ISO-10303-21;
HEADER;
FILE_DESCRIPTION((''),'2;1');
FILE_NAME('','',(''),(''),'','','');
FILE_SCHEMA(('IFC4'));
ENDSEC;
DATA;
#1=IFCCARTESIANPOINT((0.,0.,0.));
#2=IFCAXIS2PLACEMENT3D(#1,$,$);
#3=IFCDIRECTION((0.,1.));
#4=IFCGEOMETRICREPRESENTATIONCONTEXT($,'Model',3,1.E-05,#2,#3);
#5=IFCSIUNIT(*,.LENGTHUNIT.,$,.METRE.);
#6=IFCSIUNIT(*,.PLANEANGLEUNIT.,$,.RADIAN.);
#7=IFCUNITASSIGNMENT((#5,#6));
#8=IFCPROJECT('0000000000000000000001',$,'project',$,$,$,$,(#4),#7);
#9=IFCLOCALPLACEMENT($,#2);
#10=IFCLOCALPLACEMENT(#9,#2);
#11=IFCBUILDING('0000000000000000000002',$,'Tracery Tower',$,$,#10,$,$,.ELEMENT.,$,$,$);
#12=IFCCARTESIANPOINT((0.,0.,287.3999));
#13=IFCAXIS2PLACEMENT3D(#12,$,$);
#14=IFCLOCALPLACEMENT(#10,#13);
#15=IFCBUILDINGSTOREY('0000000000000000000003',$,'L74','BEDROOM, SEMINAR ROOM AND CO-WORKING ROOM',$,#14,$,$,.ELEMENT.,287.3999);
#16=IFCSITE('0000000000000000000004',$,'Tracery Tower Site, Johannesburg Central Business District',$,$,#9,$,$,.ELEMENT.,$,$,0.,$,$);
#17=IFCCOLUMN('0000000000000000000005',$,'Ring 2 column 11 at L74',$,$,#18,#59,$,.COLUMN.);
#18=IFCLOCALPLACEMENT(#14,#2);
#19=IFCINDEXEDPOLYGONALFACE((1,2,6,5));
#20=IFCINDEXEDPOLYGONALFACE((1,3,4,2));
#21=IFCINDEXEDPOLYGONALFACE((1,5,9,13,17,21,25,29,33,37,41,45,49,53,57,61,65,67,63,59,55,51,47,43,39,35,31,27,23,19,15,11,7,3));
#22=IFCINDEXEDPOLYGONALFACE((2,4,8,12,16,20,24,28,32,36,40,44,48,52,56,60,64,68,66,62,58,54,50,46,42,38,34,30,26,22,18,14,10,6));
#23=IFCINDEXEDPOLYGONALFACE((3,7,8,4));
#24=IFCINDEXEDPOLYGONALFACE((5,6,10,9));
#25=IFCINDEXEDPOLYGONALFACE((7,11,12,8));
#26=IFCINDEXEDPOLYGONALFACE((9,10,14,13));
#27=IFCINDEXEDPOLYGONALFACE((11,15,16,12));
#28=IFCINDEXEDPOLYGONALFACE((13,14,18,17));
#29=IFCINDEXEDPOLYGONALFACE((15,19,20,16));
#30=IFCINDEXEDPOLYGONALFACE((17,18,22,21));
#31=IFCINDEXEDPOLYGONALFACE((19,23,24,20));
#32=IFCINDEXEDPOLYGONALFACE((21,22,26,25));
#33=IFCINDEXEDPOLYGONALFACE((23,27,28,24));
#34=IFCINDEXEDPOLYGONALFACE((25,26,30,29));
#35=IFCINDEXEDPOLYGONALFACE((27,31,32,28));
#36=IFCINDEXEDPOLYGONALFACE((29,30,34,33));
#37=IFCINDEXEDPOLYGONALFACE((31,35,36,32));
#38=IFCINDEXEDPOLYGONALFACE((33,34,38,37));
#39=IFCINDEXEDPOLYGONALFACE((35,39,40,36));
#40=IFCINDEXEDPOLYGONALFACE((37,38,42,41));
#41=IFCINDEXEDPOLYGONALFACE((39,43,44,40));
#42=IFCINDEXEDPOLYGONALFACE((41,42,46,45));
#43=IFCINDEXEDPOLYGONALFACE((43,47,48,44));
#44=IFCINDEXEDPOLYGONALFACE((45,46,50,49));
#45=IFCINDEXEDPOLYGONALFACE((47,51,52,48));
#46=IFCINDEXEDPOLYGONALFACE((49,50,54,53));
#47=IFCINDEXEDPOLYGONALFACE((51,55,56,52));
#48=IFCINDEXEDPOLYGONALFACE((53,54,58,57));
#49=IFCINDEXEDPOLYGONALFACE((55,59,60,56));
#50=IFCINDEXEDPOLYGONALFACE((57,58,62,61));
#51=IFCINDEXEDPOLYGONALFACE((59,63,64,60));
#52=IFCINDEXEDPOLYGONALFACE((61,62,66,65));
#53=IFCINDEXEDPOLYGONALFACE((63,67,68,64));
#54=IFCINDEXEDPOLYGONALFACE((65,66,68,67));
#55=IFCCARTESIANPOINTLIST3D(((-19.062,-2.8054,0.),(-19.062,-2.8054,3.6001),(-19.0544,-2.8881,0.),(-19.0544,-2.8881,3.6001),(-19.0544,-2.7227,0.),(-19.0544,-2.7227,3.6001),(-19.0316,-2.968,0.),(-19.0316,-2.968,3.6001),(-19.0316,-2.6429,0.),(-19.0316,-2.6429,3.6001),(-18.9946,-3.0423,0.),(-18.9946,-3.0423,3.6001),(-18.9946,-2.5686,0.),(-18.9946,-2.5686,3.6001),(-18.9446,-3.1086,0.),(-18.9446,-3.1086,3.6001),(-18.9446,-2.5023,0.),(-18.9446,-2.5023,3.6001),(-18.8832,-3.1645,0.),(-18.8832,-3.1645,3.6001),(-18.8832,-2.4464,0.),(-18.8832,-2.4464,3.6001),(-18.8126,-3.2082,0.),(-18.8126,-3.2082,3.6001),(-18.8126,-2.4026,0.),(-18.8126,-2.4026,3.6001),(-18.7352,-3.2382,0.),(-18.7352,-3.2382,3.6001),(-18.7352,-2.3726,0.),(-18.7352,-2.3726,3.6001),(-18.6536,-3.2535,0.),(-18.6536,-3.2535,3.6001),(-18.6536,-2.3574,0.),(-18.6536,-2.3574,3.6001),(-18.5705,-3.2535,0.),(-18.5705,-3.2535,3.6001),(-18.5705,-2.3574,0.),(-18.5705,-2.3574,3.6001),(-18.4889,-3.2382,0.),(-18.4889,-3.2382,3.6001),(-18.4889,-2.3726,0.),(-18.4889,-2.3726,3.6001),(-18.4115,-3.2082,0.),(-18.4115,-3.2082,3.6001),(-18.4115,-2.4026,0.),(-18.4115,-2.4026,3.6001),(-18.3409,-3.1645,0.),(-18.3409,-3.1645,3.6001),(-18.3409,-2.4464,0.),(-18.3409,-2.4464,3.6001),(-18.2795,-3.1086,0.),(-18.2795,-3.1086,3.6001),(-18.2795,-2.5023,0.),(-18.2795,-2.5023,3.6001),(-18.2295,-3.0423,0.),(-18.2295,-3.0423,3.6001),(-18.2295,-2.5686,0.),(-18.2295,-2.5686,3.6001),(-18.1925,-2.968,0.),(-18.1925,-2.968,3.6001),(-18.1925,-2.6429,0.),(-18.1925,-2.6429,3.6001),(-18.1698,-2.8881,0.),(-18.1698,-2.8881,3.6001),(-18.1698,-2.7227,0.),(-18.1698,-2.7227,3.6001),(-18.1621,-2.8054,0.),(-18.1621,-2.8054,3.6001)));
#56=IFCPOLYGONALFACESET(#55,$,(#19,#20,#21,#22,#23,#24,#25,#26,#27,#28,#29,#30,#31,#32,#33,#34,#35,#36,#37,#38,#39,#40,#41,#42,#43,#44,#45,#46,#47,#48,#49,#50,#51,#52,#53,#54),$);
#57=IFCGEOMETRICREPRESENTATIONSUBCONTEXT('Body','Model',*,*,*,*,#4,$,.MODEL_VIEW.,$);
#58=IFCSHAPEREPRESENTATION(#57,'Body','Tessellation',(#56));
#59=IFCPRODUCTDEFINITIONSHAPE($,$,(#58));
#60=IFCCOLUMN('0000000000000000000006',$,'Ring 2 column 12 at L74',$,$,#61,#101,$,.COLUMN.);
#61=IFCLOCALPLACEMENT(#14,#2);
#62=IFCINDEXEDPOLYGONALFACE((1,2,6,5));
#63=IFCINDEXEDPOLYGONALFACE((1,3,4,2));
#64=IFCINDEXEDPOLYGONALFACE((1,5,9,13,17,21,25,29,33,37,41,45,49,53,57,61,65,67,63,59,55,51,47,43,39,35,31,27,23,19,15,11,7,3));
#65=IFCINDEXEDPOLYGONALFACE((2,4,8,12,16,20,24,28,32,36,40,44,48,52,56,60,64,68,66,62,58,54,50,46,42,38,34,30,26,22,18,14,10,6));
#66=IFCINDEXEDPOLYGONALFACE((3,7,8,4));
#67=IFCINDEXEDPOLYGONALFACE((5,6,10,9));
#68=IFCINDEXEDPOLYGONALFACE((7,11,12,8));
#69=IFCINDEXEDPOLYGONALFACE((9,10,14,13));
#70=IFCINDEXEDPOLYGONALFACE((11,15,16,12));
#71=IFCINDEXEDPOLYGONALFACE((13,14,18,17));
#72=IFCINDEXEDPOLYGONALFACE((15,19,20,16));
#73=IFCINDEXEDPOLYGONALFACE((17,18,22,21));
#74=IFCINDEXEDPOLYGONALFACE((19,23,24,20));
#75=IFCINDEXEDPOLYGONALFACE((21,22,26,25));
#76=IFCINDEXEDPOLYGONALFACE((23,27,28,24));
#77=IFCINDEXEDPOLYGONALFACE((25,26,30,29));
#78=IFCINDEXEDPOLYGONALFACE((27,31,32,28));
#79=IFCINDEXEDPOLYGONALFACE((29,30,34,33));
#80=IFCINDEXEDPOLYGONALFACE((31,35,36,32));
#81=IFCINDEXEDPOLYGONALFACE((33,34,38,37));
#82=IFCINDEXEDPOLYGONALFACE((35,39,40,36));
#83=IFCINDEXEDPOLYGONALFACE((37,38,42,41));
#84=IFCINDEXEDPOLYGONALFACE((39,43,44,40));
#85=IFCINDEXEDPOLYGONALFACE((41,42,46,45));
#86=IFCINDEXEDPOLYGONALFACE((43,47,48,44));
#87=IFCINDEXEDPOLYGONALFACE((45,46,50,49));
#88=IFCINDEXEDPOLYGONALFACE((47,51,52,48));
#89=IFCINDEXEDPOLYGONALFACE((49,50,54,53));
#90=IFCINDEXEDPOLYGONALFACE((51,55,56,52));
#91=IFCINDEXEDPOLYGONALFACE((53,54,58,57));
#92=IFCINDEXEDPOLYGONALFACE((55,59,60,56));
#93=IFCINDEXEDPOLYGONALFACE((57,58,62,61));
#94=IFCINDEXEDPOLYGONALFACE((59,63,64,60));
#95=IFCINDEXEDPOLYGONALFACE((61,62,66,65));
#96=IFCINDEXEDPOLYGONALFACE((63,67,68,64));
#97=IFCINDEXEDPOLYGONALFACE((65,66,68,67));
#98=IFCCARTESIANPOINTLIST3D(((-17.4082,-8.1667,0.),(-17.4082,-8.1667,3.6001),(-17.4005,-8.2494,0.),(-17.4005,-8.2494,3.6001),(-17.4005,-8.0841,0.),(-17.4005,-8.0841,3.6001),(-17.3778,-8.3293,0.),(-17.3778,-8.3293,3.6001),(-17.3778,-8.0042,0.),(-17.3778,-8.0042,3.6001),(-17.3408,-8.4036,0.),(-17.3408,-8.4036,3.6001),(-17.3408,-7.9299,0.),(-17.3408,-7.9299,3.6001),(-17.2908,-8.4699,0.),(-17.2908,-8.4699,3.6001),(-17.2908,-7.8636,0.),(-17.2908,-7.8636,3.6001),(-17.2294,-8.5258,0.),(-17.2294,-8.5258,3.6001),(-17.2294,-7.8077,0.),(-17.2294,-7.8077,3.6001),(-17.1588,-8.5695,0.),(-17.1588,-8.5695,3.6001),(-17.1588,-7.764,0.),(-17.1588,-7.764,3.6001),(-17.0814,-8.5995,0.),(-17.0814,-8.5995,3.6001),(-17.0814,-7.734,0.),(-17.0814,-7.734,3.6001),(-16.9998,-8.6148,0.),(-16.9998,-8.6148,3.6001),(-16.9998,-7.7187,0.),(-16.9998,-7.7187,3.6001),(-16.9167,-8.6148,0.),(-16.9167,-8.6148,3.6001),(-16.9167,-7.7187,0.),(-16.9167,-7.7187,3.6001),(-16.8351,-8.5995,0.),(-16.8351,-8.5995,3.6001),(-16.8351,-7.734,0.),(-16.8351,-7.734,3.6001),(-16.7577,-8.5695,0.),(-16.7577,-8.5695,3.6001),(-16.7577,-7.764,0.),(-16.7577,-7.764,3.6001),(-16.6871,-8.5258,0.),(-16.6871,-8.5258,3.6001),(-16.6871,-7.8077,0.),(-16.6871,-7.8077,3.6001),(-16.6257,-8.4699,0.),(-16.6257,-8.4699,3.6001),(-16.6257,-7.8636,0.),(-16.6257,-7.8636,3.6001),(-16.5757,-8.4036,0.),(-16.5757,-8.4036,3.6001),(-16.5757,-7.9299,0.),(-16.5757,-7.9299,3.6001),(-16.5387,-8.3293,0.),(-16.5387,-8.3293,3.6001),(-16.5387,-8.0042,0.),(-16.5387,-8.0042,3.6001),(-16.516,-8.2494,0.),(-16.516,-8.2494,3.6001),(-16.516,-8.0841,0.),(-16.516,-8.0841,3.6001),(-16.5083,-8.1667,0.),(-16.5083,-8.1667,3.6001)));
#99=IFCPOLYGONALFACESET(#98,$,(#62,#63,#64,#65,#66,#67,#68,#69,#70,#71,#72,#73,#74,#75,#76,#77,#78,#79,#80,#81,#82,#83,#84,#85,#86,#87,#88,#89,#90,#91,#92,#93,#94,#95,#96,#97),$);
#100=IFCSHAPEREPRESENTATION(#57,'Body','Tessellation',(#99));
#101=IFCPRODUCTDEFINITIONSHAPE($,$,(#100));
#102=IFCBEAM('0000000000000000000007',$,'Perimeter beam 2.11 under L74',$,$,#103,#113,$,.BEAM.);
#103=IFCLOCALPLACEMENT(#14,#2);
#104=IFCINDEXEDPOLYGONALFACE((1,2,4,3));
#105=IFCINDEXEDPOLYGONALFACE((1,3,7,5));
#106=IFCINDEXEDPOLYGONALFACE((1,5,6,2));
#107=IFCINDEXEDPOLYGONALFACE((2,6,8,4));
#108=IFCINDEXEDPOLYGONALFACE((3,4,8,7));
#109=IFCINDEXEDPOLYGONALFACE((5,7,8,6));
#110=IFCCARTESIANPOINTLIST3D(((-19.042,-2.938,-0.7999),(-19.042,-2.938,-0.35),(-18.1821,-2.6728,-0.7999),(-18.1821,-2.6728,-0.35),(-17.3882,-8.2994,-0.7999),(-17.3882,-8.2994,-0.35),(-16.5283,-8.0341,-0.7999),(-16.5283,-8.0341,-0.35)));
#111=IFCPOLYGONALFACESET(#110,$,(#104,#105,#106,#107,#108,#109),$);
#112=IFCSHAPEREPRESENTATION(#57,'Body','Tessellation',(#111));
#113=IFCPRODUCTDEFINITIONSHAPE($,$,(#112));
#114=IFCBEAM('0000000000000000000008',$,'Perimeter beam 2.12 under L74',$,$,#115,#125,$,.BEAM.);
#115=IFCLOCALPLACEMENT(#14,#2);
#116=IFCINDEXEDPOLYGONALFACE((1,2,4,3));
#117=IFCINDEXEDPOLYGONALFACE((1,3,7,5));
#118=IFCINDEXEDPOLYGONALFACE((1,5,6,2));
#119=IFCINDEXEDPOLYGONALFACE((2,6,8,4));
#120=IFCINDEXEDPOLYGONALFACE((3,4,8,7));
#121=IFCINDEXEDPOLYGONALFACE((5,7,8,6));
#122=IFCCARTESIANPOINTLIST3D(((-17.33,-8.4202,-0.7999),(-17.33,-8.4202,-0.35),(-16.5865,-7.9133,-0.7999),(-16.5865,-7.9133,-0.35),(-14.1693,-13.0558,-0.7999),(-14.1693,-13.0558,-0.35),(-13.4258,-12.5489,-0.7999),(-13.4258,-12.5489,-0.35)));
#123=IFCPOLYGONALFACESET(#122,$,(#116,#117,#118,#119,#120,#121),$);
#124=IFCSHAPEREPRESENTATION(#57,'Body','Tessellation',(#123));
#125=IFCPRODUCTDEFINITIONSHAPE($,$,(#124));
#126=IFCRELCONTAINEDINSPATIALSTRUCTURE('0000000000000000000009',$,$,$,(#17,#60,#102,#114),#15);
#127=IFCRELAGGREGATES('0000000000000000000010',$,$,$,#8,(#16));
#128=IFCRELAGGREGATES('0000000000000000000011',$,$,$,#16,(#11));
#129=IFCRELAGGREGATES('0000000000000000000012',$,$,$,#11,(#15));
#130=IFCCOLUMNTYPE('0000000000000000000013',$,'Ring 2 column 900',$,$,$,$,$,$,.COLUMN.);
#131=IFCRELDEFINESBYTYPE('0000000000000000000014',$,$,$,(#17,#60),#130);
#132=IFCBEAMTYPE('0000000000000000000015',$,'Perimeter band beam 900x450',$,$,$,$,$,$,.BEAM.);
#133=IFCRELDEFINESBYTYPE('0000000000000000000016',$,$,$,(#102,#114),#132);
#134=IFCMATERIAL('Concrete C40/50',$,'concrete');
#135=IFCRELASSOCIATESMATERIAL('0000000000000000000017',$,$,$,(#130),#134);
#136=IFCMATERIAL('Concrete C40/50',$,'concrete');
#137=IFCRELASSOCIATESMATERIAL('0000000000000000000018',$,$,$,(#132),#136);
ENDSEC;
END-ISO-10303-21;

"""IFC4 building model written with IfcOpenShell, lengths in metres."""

from ifc_helpers import new_model, si_unit, direction, frame, origin, origin_2d, place, context, subcontext, project, spatial, rectangle, circle, extrude, material, material_profile, profile_set, type_object, element, save


model = new_model("IFC4")

# Units and contexts
model_context = context("Model", 3, precision=1e-05, world=origin(), true_north=direction((0.0, 1.0)))
body_context = subcontext(model_context, "Body", "Model", "MODEL_VIEW")
ifc_project = project(units=[si_unit("LENGTHUNIT", "METRE"), si_unit("PLANEANGLEUNIT", "RADIAN")], contexts=[model_context])

# Site, building, storey
site_placement = place(None, origin())
site = spatial("IfcSite", under=ifc_project, at=site_placement, Name="Tracery Tower Site, Johannesburg Central Business District", CompositionType="ELEMENT", RefElevation=0.0)
building_placement = place(site_placement, origin())
building = spatial("IfcBuilding", under=site, at=building_placement, Name="Tracery Tower", CompositionType="ELEMENT")
storey_placement = place(building_placement, frame((0.0, 0.0, 287.3999)))
storey = spatial("IfcBuildingStorey", under=building, at=storey_placement, Name="L74", Description="BEDROOM, SEMINAR ROOM AND CO-WORKING ROOM", CompositionType="ELEMENT", Elevation=287.3999)

# Columns
ifc_material_1 = material(Name="Concrete C40/50", Category="concrete")
ifc_material_profile_1 = material_profile(ifc_material_1, circle(Radius=0.45, at=origin_2d()), Name="RC D900")
ifc_profile_set_1 = profile_set([ifc_material_profile_1], Name="Concrete C40/50")
column_type = type_object("IfcColumnType", Name="Ring 2 column 900", PredefinedType="COLUMN", material=ifc_profile_set_1)
for number, where, z_axis, x_axis, name in (
    (1, (-18.6121, -2.8054, 0.0), (0.0, 0.0, 1.0), (1.0, 0.0, 0.0), "Ring 2 column 11 at L74"),
    (2, (-16.9583, -8.1667, 0.0), (0.0, 0.0, 1.0), (1.0, 0.0, 0.0), "Ring 2 column 12 at L74"),
):
    element("IfcColumn", number, at=place(storey_placement, frame(where, z_axis=z_axis, x_axis=x_axis)), inside=storey, type_object=column_type, Name=name, PredefinedType="COLUMN", context=body_context, shape_type="SweptSolid", body=[
        extrude(circle(Radius=0.45, at=origin_2d()), origin(), (0.0, 0.0, 1.0), 3.6001),
    ])

# Beams
ifc_material_2 = material(Name="Concrete C40/50", Category="concrete")
ifc_material_profile_2 = material_profile(ifc_material_2, rectangle(XDim=0.8999, YDim=0.45, at=origin_2d()), Name="RC 900x450")
ifc_profile_set_2 = profile_set([ifc_material_profile_2], Name="Concrete C40/50")
beam_type = type_object("IfcBeamType", Name="Perimeter band beam 900x450", PredefinedType="BEAM", material=ifc_profile_set_2)
for number, where, z_axis, x_axis, name in (
    (3, (-18.6121, -2.8054, -0.575), (0.294765, -0.95557, 0.0), (0.95557, 0.294765, 0.0), "Perimeter beam 2.11 under L74"),
    (4, (-16.9583, -8.1667, -0.575), (0.563346, -0.826221, 0.0), (0.826221, 0.563346, 0.0), "Perimeter beam 2.12 under L74"),
):
    element("IfcBeam", number, at=place(storey_placement, frame(where, z_axis=z_axis, x_axis=x_axis)), inside=storey, type_object=beam_type, Name=name, PredefinedType="BEAM", context=body_context, shape_type="SweptSolid", body=[
        extrude(rectangle(XDim=0.8999, YDim=0.45, at=origin_2d()), origin(), (0.0, 0.0, 1.0), 5.6106),
    ])

save(model, "model.ifc")
